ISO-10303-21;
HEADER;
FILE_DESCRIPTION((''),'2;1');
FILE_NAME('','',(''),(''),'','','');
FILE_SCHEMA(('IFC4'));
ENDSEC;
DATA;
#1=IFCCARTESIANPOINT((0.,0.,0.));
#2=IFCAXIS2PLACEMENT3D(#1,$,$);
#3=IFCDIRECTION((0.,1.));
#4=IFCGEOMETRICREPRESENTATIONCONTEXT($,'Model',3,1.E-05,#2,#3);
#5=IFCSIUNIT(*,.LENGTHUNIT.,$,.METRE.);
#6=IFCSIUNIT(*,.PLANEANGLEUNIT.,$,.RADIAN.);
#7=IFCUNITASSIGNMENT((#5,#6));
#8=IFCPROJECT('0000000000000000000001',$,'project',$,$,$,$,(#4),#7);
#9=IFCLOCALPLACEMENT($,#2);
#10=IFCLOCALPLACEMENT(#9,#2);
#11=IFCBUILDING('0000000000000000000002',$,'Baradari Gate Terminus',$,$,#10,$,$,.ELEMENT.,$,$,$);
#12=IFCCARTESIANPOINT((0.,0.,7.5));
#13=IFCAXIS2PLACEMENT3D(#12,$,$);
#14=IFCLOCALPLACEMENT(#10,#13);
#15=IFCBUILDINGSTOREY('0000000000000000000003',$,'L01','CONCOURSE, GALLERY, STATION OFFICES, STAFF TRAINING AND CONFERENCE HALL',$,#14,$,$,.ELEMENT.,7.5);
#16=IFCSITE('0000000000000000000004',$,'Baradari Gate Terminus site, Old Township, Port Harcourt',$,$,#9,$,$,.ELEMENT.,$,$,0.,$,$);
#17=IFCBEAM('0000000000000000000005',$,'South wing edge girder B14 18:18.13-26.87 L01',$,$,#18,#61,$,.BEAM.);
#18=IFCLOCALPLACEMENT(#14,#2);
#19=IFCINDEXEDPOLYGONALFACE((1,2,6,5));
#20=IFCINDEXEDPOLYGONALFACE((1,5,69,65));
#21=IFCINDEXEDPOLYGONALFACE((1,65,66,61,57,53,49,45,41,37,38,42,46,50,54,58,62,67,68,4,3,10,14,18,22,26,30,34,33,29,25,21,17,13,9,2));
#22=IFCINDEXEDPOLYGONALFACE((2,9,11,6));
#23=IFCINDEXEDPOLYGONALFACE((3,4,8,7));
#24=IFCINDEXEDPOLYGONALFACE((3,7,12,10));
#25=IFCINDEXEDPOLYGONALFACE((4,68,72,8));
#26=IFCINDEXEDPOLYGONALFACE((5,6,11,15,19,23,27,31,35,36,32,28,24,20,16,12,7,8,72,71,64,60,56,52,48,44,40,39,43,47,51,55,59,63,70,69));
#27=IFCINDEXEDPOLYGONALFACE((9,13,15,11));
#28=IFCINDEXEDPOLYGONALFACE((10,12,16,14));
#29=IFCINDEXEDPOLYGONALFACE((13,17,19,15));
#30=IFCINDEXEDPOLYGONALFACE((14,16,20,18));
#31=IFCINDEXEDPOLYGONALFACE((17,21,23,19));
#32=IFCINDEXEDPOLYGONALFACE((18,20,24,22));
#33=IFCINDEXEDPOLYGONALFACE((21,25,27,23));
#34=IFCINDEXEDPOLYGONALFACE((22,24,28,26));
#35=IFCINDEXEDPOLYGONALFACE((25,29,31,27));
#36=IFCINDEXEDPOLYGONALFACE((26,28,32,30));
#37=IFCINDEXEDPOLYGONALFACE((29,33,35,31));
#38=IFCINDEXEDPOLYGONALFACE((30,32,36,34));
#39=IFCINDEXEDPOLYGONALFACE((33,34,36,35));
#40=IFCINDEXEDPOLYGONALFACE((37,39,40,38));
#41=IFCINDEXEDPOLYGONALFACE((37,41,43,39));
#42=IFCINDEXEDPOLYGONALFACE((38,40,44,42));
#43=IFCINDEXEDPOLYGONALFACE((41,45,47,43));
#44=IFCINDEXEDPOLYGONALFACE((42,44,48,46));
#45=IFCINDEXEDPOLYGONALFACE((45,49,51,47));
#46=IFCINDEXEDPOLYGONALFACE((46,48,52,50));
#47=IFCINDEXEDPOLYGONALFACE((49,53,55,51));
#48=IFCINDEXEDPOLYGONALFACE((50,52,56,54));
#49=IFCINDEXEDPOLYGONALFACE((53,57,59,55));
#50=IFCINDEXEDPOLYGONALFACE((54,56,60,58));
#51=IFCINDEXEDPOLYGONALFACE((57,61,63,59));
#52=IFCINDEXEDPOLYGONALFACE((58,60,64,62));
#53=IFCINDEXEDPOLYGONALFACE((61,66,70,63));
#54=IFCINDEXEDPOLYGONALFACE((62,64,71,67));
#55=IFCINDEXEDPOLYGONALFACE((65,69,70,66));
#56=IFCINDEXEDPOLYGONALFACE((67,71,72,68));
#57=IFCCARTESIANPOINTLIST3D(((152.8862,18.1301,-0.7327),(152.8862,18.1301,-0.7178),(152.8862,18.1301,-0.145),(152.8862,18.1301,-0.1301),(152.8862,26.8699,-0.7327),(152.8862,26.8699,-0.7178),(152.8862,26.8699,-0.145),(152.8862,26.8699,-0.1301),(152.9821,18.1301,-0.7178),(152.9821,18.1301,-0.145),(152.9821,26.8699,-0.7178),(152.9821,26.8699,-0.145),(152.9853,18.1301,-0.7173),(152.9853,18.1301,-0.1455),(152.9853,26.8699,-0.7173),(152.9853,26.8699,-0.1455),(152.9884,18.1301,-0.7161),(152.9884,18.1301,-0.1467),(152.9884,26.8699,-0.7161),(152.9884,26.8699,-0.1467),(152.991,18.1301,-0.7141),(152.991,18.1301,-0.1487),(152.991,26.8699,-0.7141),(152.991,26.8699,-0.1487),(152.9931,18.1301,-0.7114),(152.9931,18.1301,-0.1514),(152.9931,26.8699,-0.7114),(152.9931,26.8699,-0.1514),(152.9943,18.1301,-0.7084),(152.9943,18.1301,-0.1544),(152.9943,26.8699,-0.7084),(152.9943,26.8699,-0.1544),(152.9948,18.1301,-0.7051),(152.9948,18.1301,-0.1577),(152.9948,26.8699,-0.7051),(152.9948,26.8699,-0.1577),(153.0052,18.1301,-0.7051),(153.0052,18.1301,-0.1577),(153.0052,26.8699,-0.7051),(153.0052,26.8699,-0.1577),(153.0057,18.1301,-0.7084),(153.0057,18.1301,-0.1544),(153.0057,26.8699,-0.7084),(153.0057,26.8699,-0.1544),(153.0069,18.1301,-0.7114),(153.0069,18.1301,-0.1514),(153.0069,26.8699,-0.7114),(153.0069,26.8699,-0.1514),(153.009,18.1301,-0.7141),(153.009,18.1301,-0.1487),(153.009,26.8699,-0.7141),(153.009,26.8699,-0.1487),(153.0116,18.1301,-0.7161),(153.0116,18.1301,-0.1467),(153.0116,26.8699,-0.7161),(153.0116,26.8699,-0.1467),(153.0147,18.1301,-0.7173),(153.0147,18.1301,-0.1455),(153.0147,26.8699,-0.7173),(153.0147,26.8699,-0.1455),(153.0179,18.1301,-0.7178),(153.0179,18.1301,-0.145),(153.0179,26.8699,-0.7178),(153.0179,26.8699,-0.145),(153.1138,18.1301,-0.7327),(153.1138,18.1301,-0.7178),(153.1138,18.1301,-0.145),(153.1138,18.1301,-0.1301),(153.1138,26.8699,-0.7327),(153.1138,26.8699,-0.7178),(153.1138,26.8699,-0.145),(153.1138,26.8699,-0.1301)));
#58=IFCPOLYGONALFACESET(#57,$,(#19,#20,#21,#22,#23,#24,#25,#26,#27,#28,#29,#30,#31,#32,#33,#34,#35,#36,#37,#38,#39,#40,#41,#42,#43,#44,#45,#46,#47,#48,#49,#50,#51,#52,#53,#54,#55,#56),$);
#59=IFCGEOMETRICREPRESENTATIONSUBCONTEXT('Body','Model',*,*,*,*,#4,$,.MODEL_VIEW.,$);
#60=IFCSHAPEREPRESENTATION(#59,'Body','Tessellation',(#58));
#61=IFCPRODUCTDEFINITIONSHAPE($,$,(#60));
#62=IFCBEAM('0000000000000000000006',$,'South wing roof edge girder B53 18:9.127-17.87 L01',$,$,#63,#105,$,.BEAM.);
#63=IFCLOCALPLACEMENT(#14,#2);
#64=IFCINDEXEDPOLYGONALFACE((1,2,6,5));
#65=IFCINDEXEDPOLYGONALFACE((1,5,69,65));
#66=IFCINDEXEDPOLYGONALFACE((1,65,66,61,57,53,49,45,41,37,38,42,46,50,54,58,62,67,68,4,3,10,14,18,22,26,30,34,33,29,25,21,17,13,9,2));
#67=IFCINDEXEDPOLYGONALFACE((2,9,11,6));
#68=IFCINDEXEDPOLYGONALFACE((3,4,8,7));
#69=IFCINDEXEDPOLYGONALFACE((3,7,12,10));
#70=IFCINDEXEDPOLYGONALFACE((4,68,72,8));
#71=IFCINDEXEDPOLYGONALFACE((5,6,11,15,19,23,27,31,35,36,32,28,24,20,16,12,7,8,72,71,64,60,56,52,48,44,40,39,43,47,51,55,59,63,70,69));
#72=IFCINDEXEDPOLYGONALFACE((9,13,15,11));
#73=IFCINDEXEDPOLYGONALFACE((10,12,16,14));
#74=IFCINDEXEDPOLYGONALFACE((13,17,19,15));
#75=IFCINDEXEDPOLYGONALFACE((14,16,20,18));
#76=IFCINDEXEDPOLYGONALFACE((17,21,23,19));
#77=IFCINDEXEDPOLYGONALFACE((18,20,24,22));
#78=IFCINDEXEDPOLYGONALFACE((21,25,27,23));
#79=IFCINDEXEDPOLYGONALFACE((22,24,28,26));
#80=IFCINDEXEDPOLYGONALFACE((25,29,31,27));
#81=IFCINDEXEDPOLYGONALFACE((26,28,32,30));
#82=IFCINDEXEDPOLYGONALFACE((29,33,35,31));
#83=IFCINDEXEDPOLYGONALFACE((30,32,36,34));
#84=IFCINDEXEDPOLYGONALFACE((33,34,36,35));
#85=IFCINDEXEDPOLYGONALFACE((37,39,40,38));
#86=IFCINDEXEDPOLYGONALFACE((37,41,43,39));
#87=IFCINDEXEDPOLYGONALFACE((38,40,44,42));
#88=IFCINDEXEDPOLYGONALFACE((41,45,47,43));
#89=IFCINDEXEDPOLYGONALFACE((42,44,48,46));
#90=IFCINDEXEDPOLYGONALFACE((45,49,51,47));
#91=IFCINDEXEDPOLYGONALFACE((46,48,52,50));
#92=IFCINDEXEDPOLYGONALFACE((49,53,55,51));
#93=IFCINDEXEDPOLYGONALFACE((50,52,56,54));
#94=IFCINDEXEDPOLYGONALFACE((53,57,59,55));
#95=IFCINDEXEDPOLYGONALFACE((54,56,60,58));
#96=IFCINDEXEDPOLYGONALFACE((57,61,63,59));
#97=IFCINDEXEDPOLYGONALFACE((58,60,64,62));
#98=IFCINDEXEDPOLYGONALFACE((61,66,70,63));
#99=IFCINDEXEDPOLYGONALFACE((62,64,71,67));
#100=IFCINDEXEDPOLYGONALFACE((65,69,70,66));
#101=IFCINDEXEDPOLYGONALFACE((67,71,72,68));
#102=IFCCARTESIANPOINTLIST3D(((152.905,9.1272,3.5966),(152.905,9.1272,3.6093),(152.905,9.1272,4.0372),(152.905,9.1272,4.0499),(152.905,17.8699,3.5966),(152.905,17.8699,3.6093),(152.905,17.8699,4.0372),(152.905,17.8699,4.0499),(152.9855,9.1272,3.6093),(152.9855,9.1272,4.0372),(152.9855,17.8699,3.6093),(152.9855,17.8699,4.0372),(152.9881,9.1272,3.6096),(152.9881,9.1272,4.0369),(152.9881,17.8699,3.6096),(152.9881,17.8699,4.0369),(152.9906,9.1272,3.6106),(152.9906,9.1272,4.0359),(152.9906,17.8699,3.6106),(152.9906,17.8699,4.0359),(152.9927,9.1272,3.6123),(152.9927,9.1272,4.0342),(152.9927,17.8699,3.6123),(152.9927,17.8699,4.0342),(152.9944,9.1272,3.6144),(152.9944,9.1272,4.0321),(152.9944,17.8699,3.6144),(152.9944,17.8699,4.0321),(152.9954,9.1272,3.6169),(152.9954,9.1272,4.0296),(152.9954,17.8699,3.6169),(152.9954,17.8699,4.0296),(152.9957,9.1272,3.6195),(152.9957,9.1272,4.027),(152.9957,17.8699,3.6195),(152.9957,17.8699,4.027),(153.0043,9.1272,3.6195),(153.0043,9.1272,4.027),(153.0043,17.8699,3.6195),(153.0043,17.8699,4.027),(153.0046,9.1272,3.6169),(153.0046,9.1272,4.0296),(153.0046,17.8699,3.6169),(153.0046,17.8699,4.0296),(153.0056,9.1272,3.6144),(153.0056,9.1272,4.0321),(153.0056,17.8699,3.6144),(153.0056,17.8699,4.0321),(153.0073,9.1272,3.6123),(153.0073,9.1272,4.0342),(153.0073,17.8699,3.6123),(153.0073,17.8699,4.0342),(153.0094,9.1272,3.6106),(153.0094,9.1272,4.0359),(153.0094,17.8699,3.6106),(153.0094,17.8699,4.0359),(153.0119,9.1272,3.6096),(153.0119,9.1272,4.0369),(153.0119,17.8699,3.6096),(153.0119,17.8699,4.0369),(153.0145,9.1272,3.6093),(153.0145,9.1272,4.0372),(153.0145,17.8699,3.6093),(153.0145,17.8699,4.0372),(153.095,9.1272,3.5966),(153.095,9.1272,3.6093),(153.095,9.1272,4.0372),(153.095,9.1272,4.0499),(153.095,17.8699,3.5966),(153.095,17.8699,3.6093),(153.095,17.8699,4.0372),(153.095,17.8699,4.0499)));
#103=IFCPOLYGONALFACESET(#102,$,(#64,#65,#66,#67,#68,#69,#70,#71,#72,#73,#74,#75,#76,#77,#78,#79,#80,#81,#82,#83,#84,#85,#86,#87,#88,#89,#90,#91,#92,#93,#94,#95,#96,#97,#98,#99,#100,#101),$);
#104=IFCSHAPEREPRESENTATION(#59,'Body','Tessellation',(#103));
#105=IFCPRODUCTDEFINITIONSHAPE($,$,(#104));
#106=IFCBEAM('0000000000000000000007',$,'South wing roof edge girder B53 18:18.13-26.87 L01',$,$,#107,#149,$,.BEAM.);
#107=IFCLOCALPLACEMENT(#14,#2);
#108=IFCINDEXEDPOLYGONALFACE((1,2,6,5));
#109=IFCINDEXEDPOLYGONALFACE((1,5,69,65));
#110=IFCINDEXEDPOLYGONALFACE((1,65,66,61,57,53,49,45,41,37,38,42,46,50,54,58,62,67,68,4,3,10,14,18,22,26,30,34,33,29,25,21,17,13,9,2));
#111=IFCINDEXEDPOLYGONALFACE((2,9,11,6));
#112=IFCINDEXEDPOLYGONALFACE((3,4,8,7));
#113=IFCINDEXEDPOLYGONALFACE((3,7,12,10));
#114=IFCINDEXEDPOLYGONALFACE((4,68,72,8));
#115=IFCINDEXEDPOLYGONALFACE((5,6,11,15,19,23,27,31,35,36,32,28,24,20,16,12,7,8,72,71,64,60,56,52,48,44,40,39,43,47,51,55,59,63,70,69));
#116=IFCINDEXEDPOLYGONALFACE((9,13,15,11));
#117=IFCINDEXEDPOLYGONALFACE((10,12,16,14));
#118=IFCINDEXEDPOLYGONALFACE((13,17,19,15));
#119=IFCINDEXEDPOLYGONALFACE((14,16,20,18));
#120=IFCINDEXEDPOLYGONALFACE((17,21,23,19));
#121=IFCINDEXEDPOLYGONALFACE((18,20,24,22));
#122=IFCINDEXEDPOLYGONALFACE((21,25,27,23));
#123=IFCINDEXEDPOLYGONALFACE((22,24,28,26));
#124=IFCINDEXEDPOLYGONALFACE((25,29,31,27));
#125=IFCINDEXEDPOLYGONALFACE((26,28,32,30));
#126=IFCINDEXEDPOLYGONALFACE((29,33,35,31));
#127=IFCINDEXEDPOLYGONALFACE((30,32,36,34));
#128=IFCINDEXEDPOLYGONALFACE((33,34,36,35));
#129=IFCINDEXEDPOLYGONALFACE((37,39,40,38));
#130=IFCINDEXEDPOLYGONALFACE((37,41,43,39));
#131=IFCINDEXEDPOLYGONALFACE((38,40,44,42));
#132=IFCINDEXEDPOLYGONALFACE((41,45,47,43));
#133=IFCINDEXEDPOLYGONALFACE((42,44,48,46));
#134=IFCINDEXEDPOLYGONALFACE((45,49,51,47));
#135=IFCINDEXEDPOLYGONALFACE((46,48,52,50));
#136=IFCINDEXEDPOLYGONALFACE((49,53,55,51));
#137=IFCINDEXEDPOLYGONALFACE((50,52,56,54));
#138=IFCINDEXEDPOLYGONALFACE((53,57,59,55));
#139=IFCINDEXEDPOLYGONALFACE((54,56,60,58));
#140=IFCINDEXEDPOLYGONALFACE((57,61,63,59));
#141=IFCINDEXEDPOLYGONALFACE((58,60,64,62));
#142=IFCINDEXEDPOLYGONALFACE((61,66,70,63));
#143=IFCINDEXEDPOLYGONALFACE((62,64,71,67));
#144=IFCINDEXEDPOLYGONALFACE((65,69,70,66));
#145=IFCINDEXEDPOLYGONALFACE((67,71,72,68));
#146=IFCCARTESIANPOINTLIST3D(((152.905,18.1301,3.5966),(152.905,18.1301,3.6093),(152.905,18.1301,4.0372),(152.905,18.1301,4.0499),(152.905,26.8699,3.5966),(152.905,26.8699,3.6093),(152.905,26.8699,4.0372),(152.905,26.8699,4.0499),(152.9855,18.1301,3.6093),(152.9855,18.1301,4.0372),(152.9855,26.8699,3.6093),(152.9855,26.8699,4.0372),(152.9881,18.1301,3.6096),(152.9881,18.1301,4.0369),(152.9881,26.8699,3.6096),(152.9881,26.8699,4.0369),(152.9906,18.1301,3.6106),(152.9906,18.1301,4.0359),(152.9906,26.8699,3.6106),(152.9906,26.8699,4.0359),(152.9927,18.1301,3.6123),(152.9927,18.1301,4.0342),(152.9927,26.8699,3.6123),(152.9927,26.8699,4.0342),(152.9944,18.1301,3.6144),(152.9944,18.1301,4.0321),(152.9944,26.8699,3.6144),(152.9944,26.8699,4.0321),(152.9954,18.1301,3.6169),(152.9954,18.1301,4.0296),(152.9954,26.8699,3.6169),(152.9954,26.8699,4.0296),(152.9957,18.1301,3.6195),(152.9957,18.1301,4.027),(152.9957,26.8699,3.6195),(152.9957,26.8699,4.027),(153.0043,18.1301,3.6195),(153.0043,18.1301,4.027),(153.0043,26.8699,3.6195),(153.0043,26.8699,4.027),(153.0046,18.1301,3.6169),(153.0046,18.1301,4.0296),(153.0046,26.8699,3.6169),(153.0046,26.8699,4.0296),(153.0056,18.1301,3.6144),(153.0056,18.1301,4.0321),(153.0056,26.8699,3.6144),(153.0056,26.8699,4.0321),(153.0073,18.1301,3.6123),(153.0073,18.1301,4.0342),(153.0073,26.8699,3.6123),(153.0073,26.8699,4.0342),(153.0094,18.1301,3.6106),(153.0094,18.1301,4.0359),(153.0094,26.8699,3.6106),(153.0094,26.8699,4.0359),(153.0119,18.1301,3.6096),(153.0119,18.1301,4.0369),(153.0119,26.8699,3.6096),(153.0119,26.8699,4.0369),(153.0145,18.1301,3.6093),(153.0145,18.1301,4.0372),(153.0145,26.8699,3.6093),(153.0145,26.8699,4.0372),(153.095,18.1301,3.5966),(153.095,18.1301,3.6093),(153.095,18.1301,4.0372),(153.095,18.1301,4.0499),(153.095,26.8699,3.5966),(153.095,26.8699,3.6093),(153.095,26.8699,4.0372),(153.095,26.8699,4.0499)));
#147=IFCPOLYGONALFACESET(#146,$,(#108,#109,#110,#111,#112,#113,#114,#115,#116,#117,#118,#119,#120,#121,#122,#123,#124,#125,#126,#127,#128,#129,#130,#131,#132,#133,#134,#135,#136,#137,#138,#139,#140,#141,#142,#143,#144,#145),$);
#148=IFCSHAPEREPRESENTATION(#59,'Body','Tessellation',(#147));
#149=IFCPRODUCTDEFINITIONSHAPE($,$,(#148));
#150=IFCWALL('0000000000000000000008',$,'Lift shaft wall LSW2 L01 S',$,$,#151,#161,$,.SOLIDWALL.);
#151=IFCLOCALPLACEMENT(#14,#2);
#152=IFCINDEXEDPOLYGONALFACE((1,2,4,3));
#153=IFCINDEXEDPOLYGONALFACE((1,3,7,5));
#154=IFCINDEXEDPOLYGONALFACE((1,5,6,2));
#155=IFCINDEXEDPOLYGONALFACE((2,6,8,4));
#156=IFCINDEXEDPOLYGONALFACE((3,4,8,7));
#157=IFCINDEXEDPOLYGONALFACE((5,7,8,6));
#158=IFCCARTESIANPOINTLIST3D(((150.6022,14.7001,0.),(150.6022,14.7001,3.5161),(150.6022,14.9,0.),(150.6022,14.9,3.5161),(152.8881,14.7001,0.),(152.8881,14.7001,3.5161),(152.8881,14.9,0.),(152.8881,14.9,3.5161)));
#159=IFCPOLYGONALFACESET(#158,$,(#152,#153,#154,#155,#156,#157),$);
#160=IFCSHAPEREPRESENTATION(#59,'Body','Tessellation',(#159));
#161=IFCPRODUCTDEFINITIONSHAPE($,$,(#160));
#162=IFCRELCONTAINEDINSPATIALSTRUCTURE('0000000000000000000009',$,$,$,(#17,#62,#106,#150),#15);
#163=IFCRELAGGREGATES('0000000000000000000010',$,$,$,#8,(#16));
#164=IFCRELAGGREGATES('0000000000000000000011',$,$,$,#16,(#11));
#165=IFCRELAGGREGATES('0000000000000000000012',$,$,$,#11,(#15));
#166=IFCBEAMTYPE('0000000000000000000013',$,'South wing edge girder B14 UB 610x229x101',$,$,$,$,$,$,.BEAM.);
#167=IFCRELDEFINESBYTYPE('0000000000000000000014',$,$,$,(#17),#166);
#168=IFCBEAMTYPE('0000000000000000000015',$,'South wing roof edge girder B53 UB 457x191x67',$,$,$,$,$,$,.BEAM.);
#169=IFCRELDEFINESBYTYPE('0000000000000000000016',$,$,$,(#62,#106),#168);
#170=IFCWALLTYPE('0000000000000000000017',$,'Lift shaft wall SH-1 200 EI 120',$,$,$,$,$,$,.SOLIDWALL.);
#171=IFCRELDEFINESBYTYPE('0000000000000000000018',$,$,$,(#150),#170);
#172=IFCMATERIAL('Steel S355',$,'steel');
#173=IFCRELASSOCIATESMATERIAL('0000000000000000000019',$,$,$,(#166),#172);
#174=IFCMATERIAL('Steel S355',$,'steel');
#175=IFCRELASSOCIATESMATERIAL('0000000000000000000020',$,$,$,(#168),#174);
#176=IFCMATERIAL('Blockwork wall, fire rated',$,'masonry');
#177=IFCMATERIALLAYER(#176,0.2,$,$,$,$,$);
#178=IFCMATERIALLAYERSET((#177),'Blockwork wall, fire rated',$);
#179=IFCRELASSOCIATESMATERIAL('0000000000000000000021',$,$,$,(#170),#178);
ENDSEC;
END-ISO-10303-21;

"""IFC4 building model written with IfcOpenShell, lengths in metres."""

from ifc_helpers import new_model, si_unit, direction, frame, frame_2d, origin, origin_2d, place, context, subcontext, project, spatial, rectangle, i_section, extrude, material, layer, layer_set, material_profile, profile_set, type_object, element, save


model = new_model("IFC4")

# Units and contexts
model_context = context("Model", 3, precision=1e-05, world=origin(), true_north=direction((0.0, 1.0)))
body_context = subcontext(model_context, "Body", "Model", "MODEL_VIEW")
ifc_project = project(units=[si_unit("LENGTHUNIT", "METRE"), si_unit("PLANEANGLEUNIT", "RADIAN")], contexts=[model_context])

# Site, building, storey
site_placement = place(None, origin())
site = spatial("IfcSite", under=ifc_project, at=site_placement, Name="Baradari Gate Terminus site, Old Township, Port Harcourt", CompositionType="ELEMENT", RefElevation=0.0)
building_placement = place(site_placement, origin())
building = spatial("IfcBuilding", under=site, at=building_placement, Name="Baradari Gate Terminus", CompositionType="ELEMENT")
storey_placement = place(building_placement, frame((0.0, 0.0, 7.5)))
storey = spatial("IfcBuildingStorey", under=building, at=storey_placement, Name="L01", Description="CONCOURSE, GALLERY, STATION OFFICES, STAFF TRAINING AND CONFERENCE HALL", CompositionType="ELEMENT", Elevation=7.5)

# Beams
ifc_material_1 = material(Name="Steel S355", Category="steel")
ifc_material_profile_1 = material_profile(ifc_material_1, i_section(OverallWidth=0.2275, OverallDepth=0.6025, WebThickness=0.0105, FlangeThickness=0.0149, FilletRadius=0.0127, at=origin_2d()), Name="UB 610x229x101")
ifc_profile_set_1 = profile_set([ifc_material_profile_1], Name="Steel S355")
beam_type_1 = type_object("IfcBeamType", Name="South wing edge girder B14 UB 610x229x101", PredefinedType="BEAM", material=ifc_profile_set_1)
beam_1_placement = place(storey_placement, frame((153.0, 18.1301, -0.4314), z_axis=(0.0, 1.0, 0.0), x_axis=(-1.0, 0.0, 0.0)))
element("IfcBeam", 1, at=beam_1_placement, inside=storey, type_object=beam_type_1, Name="South wing edge girder B14 18:18.13-26.87 L01", PredefinedType="BEAM", context=body_context, shape_type="SweptSolid", body=[
    extrude(i_section(OverallWidth=0.2275, OverallDepth=0.6025, WebThickness=0.0105, FlangeThickness=0.0149, FilletRadius=0.0127, at=origin_2d()), origin(), (0.0, 0.0, 1.0), 8.7397),
])
ifc_material_2 = material(Name="Steel S355", Category="steel")
ifc_material_profile_2 = material_profile(ifc_material_2, i_section(OverallWidth=0.1899, OverallDepth=0.4534, WebThickness=0.0085, FlangeThickness=0.0127, FilletRadius=0.0103, at=origin_2d()), Name="UB 457x191x67")
ifc_profile_set_2 = profile_set([ifc_material_profile_2], Name="Steel S355")
beam_type_2 = type_object("IfcBeamType", Name="South wing roof edge girder B53 UB 457x191x67", PredefinedType="BEAM", material=ifc_profile_set_2)
beam_2_placement = place(storey_placement, frame((153.0, 9.1272, 3.8232), z_axis=(0.0, 1.0, 0.0), x_axis=(-1.0, 0.0, 0.0)))
element("IfcBeam", 2, at=beam_2_placement, inside=storey, type_object=beam_type_2, Name="South wing roof edge girder B53 18:9.127-17.87 L01", PredefinedType="BEAM", context=body_context, shape_type="SweptSolid", body=[
    extrude(i_section(OverallWidth=0.1899, OverallDepth=0.4534, WebThickness=0.0085, FlangeThickness=0.0127, FilletRadius=0.0103, at=origin_2d()), origin(), (0.0, 0.0, 1.0), 8.7427),
])
beam_3_placement = place(storey_placement, frame((153.0, 18.1301, 3.8232), z_axis=(0.0, 1.0, 0.0), x_axis=(-1.0, 0.0, 0.0)))
element("IfcBeam", 3, at=beam_3_placement, inside=storey, type_object=beam_type_2, Name="South wing roof edge girder B53 18:18.13-26.87 L01", PredefinedType="BEAM", context=body_context, shape_type="SweptSolid", body=[
    extrude(i_section(OverallWidth=0.1899, OverallDepth=0.4534, WebThickness=0.0085, FlangeThickness=0.0127, FilletRadius=0.0103, at=origin_2d()), origin(), (0.0, 0.0, 1.0), 8.7397),
])

# Wall
ifc_material_3 = material(Name="Blockwork wall, fire rated", Category="masonry")
ifc_layer_1 = layer(ifc_material_3, 0.2)
ifc_layer_set_1 = layer_set([ifc_layer_1], Name="Blockwork wall, fire rated")
wall_type_1 = type_object("IfcWallType", Name="Lift shaft wall SH-1 200 EI 120", PredefinedType="SOLIDWALL", material=ifc_layer_set_1)
wall_1_placement = place(storey_placement, frame((150.6021, 14.8, 0.0), z_axis=(0.0, 0.0, 1.0), x_axis=(1.0, 0.0, 0.0)))
element("IfcWall", 4, at=wall_1_placement, inside=storey, type_object=wall_type_1, Name="Lift shaft wall LSW2 L01 S", PredefinedType="SOLIDWALL", context=body_context, shape_type="SweptSolid", body=[
    extrude(rectangle(XDim=2.2859, YDim=0.2, at=frame_2d((1.1431, 0.0))), origin(), (0.0, 0.0, 1.0), 3.5161),
])

save(model, "model.ifc")
